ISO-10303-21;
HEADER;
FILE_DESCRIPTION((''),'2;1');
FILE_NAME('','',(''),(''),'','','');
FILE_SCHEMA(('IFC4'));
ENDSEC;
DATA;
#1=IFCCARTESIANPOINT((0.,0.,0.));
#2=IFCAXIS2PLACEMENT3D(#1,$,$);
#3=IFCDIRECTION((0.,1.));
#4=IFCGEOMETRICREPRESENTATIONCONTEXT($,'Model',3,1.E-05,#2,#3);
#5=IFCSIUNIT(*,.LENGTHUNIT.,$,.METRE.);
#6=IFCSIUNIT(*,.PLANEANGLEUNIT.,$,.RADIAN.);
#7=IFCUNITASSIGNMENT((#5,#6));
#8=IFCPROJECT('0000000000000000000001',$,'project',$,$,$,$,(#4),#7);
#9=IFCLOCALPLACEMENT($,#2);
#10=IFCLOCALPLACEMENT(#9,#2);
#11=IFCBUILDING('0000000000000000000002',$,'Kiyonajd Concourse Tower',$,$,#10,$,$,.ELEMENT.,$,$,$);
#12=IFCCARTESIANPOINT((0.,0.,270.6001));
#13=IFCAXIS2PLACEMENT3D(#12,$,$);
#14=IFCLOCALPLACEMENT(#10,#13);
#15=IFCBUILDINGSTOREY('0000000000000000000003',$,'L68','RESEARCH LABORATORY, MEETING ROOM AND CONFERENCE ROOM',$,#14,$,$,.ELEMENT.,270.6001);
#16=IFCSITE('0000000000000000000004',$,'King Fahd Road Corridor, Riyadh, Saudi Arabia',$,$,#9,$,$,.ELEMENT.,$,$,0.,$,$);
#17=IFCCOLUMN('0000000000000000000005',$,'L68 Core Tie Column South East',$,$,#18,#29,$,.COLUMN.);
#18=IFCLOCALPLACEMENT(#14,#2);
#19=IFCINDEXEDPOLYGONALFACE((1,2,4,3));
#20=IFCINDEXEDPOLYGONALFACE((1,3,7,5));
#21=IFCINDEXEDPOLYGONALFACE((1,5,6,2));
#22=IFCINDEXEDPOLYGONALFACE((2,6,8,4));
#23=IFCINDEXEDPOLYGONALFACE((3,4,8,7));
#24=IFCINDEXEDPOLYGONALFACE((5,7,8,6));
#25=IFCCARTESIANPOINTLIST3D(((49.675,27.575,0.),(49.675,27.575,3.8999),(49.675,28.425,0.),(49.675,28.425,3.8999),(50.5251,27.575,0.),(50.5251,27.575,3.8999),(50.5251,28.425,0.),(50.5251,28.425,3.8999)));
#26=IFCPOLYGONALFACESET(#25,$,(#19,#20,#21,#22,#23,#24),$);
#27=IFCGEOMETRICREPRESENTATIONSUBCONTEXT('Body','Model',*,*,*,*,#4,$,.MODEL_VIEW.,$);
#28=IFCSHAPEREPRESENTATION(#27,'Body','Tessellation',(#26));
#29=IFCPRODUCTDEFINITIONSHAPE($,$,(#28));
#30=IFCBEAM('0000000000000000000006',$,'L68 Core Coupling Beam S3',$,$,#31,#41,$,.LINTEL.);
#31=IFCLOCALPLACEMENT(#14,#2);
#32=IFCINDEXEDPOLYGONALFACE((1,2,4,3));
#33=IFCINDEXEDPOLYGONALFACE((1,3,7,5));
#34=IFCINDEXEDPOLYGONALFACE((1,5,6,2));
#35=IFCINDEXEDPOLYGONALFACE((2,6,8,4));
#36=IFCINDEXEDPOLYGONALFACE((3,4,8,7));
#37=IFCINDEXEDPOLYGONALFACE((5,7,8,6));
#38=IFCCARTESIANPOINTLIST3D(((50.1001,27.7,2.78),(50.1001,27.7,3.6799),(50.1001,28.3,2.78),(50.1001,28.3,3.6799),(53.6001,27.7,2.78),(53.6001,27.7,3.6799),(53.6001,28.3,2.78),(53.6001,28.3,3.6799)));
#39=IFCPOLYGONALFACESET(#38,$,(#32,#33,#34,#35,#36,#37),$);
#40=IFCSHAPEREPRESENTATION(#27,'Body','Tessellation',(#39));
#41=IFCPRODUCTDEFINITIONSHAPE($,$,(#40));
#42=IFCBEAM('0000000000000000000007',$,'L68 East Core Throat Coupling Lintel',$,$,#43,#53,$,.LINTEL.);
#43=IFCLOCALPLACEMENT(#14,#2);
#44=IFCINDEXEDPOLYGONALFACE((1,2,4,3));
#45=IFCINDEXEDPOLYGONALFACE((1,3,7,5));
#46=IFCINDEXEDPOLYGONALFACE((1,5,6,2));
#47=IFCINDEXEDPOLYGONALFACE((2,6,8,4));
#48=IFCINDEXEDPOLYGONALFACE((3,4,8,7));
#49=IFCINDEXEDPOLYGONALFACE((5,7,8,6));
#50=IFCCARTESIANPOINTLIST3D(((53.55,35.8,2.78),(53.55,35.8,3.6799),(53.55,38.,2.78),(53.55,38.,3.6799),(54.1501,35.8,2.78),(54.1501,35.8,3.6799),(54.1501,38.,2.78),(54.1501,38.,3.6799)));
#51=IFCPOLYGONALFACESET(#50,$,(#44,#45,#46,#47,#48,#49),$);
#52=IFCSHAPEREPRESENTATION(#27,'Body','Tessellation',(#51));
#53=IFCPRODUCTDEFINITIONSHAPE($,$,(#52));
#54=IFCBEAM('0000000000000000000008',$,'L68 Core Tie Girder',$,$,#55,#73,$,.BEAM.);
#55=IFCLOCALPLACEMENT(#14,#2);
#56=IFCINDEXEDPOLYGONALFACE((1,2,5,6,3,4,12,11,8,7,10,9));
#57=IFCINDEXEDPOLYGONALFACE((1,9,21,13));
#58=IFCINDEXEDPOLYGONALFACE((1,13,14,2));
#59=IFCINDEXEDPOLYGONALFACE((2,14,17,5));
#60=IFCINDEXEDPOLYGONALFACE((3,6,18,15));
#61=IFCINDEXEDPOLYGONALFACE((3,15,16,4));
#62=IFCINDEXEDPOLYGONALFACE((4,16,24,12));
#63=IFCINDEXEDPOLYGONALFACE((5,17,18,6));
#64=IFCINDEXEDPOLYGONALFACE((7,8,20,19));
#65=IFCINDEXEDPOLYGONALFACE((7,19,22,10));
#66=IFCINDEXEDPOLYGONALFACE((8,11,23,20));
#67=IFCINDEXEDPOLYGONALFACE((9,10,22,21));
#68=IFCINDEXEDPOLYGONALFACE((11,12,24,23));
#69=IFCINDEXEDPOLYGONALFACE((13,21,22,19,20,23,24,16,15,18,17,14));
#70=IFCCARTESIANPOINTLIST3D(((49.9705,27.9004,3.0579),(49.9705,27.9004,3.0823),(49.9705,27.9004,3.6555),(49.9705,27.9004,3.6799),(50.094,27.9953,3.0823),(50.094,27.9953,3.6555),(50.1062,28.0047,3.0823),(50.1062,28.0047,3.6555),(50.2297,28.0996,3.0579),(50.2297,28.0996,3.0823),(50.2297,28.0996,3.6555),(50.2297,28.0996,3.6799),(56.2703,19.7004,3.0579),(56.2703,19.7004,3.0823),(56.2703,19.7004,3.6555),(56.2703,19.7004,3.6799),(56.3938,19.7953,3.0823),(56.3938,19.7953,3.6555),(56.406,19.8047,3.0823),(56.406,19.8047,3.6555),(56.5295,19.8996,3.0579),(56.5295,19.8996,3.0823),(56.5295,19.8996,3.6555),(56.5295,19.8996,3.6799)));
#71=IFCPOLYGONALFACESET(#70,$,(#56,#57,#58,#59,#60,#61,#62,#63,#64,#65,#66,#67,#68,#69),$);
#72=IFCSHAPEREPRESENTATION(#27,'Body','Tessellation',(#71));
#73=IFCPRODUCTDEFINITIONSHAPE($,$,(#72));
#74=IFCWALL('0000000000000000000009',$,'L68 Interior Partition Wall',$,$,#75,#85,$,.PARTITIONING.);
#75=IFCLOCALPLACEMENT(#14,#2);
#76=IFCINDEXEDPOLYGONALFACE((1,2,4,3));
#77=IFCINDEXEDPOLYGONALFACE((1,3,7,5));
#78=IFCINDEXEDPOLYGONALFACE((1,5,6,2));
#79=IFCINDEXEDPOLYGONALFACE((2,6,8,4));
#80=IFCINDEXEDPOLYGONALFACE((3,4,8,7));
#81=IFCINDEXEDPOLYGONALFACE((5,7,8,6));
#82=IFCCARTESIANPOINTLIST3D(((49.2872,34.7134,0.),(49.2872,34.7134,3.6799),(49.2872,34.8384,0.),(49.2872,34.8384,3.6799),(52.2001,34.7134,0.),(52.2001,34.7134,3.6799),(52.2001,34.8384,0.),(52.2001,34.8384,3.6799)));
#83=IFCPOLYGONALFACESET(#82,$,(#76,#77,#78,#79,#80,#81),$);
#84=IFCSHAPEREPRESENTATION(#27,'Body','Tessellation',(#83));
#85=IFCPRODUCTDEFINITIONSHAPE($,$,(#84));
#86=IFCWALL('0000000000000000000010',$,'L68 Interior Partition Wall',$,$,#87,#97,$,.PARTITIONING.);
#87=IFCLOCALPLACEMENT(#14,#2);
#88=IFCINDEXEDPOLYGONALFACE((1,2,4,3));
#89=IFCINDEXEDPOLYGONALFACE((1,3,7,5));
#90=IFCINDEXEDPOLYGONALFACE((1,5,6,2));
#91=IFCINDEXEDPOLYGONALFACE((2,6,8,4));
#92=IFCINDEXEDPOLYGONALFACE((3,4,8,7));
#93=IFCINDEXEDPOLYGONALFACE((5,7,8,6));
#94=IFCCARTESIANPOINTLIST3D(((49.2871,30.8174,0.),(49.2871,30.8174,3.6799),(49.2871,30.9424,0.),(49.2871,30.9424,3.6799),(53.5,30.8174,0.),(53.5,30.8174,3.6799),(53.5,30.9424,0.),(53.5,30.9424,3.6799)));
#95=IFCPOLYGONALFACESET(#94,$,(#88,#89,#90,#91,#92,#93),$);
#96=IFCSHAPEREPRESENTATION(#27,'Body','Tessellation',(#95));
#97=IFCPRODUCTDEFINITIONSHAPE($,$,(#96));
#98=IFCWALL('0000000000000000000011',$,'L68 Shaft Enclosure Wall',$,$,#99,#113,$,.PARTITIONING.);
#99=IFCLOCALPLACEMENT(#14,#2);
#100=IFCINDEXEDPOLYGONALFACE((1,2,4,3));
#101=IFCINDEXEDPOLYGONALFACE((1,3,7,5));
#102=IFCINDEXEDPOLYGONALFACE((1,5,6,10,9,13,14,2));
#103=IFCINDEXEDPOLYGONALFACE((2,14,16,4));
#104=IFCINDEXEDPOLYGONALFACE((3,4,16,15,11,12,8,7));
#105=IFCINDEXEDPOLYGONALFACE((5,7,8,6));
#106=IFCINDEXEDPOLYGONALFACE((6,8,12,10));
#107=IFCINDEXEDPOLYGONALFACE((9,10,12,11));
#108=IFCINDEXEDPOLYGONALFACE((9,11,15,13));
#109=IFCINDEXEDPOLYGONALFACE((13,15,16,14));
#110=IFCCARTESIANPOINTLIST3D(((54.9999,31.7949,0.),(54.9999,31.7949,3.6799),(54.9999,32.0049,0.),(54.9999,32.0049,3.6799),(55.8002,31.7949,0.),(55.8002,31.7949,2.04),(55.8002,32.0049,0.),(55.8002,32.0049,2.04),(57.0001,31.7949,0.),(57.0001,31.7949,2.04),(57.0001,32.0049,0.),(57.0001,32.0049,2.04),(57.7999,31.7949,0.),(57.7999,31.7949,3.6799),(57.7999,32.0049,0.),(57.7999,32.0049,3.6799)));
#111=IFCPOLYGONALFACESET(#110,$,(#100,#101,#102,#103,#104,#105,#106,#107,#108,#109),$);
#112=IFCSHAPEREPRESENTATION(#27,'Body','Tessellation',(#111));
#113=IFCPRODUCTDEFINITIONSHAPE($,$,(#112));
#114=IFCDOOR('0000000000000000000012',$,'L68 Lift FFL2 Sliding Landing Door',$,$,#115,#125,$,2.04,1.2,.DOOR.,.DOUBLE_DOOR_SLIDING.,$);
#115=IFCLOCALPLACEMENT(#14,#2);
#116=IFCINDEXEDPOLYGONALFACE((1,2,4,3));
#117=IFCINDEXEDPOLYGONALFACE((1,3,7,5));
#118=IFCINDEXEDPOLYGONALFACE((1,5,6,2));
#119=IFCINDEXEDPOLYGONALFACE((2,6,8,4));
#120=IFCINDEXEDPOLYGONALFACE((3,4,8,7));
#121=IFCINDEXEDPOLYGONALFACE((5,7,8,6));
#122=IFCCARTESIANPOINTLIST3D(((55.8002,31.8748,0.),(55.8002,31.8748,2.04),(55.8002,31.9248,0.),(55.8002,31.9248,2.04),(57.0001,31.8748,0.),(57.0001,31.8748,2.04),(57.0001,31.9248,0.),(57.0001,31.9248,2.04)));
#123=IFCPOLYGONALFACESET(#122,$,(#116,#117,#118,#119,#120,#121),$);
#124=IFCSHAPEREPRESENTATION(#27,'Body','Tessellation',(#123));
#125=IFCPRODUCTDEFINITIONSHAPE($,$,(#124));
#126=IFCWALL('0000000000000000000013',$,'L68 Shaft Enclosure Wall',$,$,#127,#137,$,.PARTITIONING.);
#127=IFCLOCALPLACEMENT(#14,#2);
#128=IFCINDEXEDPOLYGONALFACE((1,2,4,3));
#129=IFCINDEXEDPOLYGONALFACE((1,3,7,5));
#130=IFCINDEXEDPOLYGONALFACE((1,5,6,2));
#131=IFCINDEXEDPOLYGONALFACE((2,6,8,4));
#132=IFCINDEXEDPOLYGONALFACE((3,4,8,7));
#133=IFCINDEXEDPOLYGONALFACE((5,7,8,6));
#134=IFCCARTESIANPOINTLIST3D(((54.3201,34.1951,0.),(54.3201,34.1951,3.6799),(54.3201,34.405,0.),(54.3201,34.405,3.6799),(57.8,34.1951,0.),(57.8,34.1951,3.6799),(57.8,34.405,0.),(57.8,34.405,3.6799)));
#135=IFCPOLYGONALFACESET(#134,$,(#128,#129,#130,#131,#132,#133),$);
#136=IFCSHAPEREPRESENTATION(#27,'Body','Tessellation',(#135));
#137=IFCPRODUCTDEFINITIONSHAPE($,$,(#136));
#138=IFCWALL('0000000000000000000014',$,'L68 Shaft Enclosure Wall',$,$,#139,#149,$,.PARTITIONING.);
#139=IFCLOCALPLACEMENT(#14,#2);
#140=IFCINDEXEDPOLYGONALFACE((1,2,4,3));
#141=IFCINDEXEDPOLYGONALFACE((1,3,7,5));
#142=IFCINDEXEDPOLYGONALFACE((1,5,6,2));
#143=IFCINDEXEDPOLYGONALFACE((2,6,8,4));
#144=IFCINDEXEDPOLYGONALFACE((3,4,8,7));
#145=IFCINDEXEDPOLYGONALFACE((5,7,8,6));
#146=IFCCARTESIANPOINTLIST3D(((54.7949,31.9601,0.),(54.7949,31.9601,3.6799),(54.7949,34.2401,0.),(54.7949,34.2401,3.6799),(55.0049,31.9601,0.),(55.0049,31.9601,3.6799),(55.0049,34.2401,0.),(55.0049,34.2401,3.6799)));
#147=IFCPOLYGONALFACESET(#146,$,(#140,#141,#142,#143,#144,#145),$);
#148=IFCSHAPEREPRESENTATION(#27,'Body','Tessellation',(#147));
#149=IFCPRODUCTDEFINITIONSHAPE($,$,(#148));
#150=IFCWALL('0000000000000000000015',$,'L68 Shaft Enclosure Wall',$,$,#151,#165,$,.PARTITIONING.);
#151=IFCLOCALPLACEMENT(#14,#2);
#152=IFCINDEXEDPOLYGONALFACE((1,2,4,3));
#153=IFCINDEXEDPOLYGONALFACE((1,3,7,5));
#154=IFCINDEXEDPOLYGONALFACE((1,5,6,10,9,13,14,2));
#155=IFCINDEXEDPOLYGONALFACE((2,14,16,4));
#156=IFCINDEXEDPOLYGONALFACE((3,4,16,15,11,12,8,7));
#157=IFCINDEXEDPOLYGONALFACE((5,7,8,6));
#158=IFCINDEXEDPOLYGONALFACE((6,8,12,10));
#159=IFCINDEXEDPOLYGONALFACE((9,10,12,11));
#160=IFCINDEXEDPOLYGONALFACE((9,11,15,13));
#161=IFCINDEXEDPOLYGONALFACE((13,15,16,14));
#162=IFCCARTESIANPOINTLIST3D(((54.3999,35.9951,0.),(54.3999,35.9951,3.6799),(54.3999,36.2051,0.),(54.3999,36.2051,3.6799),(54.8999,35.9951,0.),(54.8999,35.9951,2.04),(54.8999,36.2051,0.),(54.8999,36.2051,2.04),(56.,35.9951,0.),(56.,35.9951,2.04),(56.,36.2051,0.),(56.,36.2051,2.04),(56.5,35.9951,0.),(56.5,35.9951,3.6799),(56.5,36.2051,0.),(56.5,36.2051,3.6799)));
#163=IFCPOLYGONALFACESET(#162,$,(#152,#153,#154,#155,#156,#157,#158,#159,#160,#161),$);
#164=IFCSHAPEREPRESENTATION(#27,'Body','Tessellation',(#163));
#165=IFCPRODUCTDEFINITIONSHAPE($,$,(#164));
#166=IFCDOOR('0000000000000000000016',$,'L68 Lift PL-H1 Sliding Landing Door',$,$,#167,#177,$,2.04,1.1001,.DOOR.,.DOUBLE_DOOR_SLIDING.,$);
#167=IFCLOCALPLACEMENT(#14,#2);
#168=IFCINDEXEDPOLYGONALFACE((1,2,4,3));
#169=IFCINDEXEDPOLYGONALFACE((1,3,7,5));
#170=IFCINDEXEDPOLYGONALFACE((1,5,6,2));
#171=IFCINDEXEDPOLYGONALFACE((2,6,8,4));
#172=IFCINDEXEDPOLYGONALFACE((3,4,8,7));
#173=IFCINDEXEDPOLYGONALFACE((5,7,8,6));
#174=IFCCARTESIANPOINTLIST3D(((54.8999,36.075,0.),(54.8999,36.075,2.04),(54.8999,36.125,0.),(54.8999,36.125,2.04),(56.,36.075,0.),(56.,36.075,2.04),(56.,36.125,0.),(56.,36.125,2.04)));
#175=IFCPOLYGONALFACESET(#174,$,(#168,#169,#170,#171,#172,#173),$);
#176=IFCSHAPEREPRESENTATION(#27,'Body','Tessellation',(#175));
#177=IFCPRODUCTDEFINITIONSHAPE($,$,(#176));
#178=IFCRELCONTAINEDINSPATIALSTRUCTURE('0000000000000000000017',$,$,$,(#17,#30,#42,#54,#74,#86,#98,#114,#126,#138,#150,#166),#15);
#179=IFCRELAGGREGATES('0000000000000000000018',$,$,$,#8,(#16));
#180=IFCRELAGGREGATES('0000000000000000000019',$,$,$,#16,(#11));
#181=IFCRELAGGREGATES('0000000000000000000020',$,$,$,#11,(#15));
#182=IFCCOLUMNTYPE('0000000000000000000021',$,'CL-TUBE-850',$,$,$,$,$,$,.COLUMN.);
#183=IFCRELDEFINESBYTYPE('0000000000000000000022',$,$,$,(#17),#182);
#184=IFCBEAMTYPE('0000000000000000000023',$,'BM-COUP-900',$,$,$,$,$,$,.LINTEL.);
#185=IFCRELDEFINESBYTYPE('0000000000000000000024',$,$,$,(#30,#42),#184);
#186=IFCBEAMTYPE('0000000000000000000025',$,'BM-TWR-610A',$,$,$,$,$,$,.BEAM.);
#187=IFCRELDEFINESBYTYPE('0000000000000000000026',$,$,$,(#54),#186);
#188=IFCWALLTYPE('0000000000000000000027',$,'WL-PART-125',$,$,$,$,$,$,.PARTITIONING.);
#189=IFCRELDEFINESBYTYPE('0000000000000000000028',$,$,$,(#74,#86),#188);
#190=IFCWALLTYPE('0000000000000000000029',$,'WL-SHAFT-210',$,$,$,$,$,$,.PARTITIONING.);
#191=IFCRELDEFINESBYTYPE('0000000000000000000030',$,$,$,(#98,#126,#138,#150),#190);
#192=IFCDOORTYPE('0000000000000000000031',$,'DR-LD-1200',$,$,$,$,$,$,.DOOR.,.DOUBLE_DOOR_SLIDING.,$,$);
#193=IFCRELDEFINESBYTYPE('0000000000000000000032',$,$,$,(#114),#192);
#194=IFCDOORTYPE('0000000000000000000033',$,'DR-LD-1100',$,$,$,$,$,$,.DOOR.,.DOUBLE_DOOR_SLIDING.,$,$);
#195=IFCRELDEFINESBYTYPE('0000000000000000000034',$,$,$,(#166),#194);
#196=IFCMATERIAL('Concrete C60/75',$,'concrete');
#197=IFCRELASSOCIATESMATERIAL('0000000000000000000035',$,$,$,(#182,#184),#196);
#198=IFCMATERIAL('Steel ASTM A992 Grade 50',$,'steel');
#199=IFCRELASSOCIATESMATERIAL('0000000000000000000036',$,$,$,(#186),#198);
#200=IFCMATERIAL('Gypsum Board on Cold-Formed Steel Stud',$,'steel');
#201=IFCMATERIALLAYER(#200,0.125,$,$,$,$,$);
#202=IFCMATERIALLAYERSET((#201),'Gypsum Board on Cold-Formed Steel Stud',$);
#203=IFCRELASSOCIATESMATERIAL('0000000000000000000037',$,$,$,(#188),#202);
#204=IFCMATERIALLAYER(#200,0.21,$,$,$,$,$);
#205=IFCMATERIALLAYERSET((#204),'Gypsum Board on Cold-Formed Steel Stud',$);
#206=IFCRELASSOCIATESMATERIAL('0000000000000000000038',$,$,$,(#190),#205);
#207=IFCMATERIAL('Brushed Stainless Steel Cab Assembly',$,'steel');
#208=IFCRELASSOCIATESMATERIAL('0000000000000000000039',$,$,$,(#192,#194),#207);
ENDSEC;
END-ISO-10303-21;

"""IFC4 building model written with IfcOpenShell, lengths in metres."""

from ifc_helpers import new_model, si_unit, direction, frame, frame_2d, origin, origin_2d, place, context, subcontext, project, spatial, rectangle, i_section, extrude, material, layer, layer_set, material_profile, profile_set, type_object, element, fill, save


model = new_model("IFC4")

# Units and contexts
model_context = context("Model", 3, precision=1e-05, world=origin(), true_north=direction((0.0, 1.0)))
body_context = subcontext(model_context, "Body", "Model", "MODEL_VIEW")
ifc_project = project(units=[si_unit("LENGTHUNIT", "METRE"), si_unit("PLANEANGLEUNIT", "RADIAN")], contexts=[model_context])

# Site, building, storey
site_placement = place(None, origin())
site = spatial("IfcSite", under=ifc_project, at=site_placement, Name="King Fahd Road Corridor, Riyadh, Saudi Arabia", CompositionType="ELEMENT", RefElevation=0.0)
building_placement = place(site_placement, origin())
building = spatial("IfcBuilding", under=site, at=building_placement, Name="Kiyonajd Concourse Tower", CompositionType="ELEMENT")
storey_placement = place(building_placement, frame((0.0, 0.0, 270.6001)))
storey = spatial("IfcBuildingStorey", under=building, at=storey_placement, Name="L68", Description="RESEARCH LABORATORY, MEETING ROOM AND CONFERENCE ROOM", CompositionType="ELEMENT", Elevation=270.6001)

# Column
ifc_material_1 = material(Name="Concrete C60/75", Category="concrete")
ifc_material_profile_1 = material_profile(ifc_material_1, rectangle(XDim=0.8501, YDim=0.8501, at=origin_2d()), Name="RC-850x850")
ifc_profile_set_1 = profile_set([ifc_material_profile_1], Name="Concrete C60/75")
column_type = type_object("IfcColumnType", Name="CL-TUBE-850", PredefinedType="COLUMN", material=ifc_profile_set_1)
column_placement = place(storey_placement, frame((50.1001, 28.0, 0.0), z_axis=(0.0, 0.0, 1.0), x_axis=(1.0, 0.0, 0.0)))
element("IfcColumn", 1, at=column_placement, inside=storey, type_object=column_type, Name="L68 Core Tie Column South East", PredefinedType="COLUMN", context=body_context, shape_type="SweptSolid", body=[
    extrude(rectangle(XDim=0.8501, YDim=0.8501, at=origin_2d()), origin(), (0.0, 0.0, 1.0), 3.8999),
])

# Beams
ifc_material_profile_2 = material_profile(ifc_material_1, rectangle(XDim=0.6001, YDim=0.8999, at=origin_2d()), Name="RCBM-600x900")
ifc_profile_set_2 = profile_set([ifc_material_profile_2], Name="Concrete C60/75")
beam_type_1 = type_object("IfcBeamType", Name="BM-COUP-900", PredefinedType="LINTEL", material=ifc_profile_set_2)
beam_1_placement = place(storey_placement, frame((50.1001, 28.0, 3.23), z_axis=(1.0, 0.0, 0.0), x_axis=(0.0, 1.0, 0.0)))
element("IfcBeam", 2, at=beam_1_placement, inside=storey, type_object=beam_type_1, Name="L68 Core Coupling Beam S3", PredefinedType="LINTEL", context=body_context, shape_type="SweptSolid", body=[
    extrude(rectangle(XDim=0.6001, YDim=0.8999, at=origin_2d()), origin(), (0.0, 0.0, 1.0), 3.5),
])
beam_2_placement = place(storey_placement, frame((53.8501, 35.8, 3.23), z_axis=(0.0, 1.0, 0.0), x_axis=(-1.0, 0.0, 0.0)))
element("IfcBeam", 3, at=beam_2_placement, inside=storey, type_object=beam_type_1, Name="L68 East Core Throat Coupling Lintel", PredefinedType="LINTEL", context=body_context, shape_type="SweptSolid", body=[
    extrude(rectangle(XDim=0.6001, YDim=0.8999, at=origin_2d()), origin(), (0.0, 0.0, 1.0), 2.2),
])
ifc_material_2 = material(Name="Steel ASTM A992 Grade 50", Category="steel")
ifc_material_profile_3 = material_profile(ifc_material_2, i_section(OverallWidth=0.3269, OverallDepth=0.6221, WebThickness=0.0154, FlangeThickness=0.0244, at=origin_2d()), Name="W610X195")
ifc_profile_set_3 = profile_set([ifc_material_profile_3], Name="Steel ASTM A992 Grade 50")
beam_type_2 = type_object("IfcBeamType", Name="BM-TWR-610A", PredefinedType="BEAM", material=ifc_profile_set_3)
beam_3_placement = place(storey_placement, frame((50.1001, 28.0, 3.3689), z_axis=(0.609234, -0.792991, 0.0), x_axis=(0.792991, 0.609234, 0.0)))
element("IfcBeam", 4, at=beam_3_placement, inside=storey, type_object=beam_type_2, Name="L68 Core Tie Girder", PredefinedType="BEAM", context=body_context, shape_type="SweptSolid", body=[
    extrude(i_section(OverallWidth=0.3269, OverallDepth=0.6221, WebThickness=0.0154, FlangeThickness=0.0244, at=origin_2d()), origin(), (0.0, 0.0, 1.0), 10.3406),
])

# Walls
ifc_material_3 = material(Name="Gypsum Board on Cold-Formed Steel Stud", Category="steel")
ifc_layer_1 = layer(ifc_material_3, 0.125)
ifc_layer_set_1 = layer_set([ifc_layer_1], Name="Gypsum Board on Cold-Formed Steel Stud")
wall_type_1 = type_object("IfcWallType", Name="WL-PART-125", PredefinedType="PARTITIONING", material=ifc_layer_set_1)
wall_1_placement = place(storey_placement, frame((49.2871, 34.7759, 0.0), z_axis=(0.0, 0.0, 1.0), x_axis=(1.0, 0.0, 0.0)))
element("IfcWall", 5, at=wall_1_placement, inside=storey, type_object=wall_type_1, Name="L68 Interior Partition Wall", PredefinedType="PARTITIONING", context=body_context, shape_type="SweptSolid", body=[
    extrude(rectangle(XDim=2.9128, YDim=0.125, at=frame_2d((1.4565, 0.0))), origin(), (0.0, 0.0, 1.0), 3.6799),
])
wall_2_placement = place(storey_placement, frame((49.2871, 30.8799, 0.0), z_axis=(0.0, 0.0, 1.0), x_axis=(1.0, 0.0, 0.0)))
element("IfcWall", 6, at=wall_2_placement, inside=storey, type_object=wall_type_1, Name="L68 Interior Partition Wall", PredefinedType="PARTITIONING", context=body_context, shape_type="SweptSolid", body=[
    extrude(rectangle(XDim=4.2129, YDim=0.125, at=frame_2d((2.1064, 0.0))), origin(), (0.0, 0.0, 1.0), 3.6799),
])

# Wall, opening, door
ifc_layer_2 = layer(ifc_material_3, 0.21)
ifc_layer_set_2 = layer_set([ifc_layer_2], Name="Gypsum Board on Cold-Formed Steel Stud")
wall_type_2 = type_object("IfcWallType", Name="WL-SHAFT-210", PredefinedType="PARTITIONING", material=ifc_layer_set_2)
wall_3_placement = place(storey_placement, frame((55.0, 31.8999, 0.0), z_axis=(0.0, 0.0, 1.0), x_axis=(1.0, 0.0, 0.0)))
wall_3 = element("IfcWall", 7, at=wall_3_placement, inside=storey, type_object=wall_type_2, Name="L68 Shaft Enclosure Wall", PredefinedType="PARTITIONING", context=body_context, shape_type="SweptSolid", body=[
    extrude(rectangle(XDim=2.8, YDim=0.21, at=frame_2d((1.3999, 0.0))), origin(), (0.0, 0.0, 1.0), 3.6799),
])
opening_1_placement = place(wall_3_placement, frame((0.8, 0.0, 0.0)))
opening_1 = element("IfcOpeningElement", 8, at=opening_1_placement, cuts=wall_3, PredefinedType="OPENING", context=body_context, shape_type="SweptSolid", body=[
    extrude(rectangle(XDim=1.2, YDim=2.04, at=frame_2d((0.6001, 1.02))), frame((0.0, 0.115, 0.0), z_axis=(0.0, -1.0, 0.0), x_axis=(1.0, 0.0, 0.0)), (0.0, 0.0, 1.0), 0.23),
])
ifc_material_4 = material(Name="Brushed Stainless Steel Cab Assembly", Category="steel")
door_type_1 = type_object("IfcDoorType", Name="DR-LD-1200", OperationType="DOUBLE_DOOR_SLIDING", PredefinedType="DOOR", material=ifc_material_4)
door_1_placement = place(opening_1_placement, origin())
door_1 = element("IfcDoor", 9, at=door_1_placement, inside=storey, type_object=door_type_1, Name="L68 Lift FFL2 Sliding Landing Door", OperationType="DOUBLE_DOOR_SLIDING", OverallHeight=2.04, OverallWidth=1.2, PredefinedType="DOOR", context=body_context, shape_type="SweptSolid", body=[
    extrude(rectangle(XDim=1.2, YDim=2.04, at=frame_2d((0.6001, 1.02))), frame((0.0, 0.0249, 0.0), z_axis=(0.0, -1.0, 0.0), x_axis=(1.0, 0.0, 0.0)), (0.0, 0.0, 1.0), 0.05),
])
fill(opening_1, door_1)

# Walls
wall_4_placement = place(storey_placement, frame((54.3201, 34.3, 0.0), z_axis=(0.0, 0.0, 1.0), x_axis=(1.0, 0.0, 0.0)))
element("IfcWall", 10, at=wall_4_placement, inside=storey, type_object=wall_type_2, Name="L68 Shaft Enclosure Wall", PredefinedType="PARTITIONING", context=body_context, shape_type="SweptSolid", body=[
    extrude(rectangle(XDim=3.48, YDim=0.21, at=frame_2d((1.74, 0.0))), origin(), (0.0, 0.0, 1.0), 3.6799),
])
wall_5_placement = place(storey_placement, frame((54.8999, 31.96, 0.0), z_axis=(0.0, 0.0, 1.0), x_axis=(0.0, 1.0, 0.0)))
element("IfcWall", 11, at=wall_5_placement, inside=storey, type_object=wall_type_2, Name="L68 Shaft Enclosure Wall", PredefinedType="PARTITIONING", context=body_context, shape_type="SweptSolid", body=[
    extrude(rectangle(XDim=2.28, YDim=0.21, at=frame_2d((1.1401, 0.0))), origin(), (0.0, 0.0, 1.0), 3.6799),
])

# Wall, opening, door
wall_6_placement = place(storey_placement, frame((54.3999, 36.1001, 0.0), z_axis=(0.0, 0.0, 1.0), x_axis=(1.0, 0.0, 0.0)))
wall_6 = element("IfcWall", 12, at=wall_6_placement, inside=storey, type_object=wall_type_2, Name="L68 Shaft Enclosure Wall", PredefinedType="PARTITIONING", context=body_context, shape_type="SweptSolid", body=[
    extrude(rectangle(XDim=2.1001, YDim=0.21, at=frame_2d((1.05, 0.0))), origin(), (0.0, 0.0, 1.0), 3.6799),
])
opening_2_placement = place(wall_6_placement, frame((0.5, 0.0, 0.0)))
opening_2 = element("IfcOpeningElement", 13, at=opening_2_placement, cuts=wall_6, PredefinedType="OPENING", context=body_context, shape_type="SweptSolid", body=[
    extrude(rectangle(XDim=1.1001, YDim=2.04, at=frame_2d((0.55, 1.02))), frame((0.0, 0.115, 0.0), z_axis=(0.0, -1.0, 0.0), x_axis=(1.0, 0.0, 0.0)), (0.0, 0.0, 1.0), 0.23),
])
door_type_2 = type_object("IfcDoorType", Name="DR-LD-1100", OperationType="DOUBLE_DOOR_SLIDING", PredefinedType="DOOR", material=ifc_material_4)
door_2_placement = place(opening_2_placement, origin())
door_2 = element("IfcDoor", 14, at=door_2_placement, inside=storey, type_object=door_type_2, Name="L68 Lift PL-H1 Sliding Landing Door", OperationType="DOUBLE_DOOR_SLIDING", OverallHeight=2.04, OverallWidth=1.1001, PredefinedType="DOOR", context=body_context, shape_type="SweptSolid", body=[
    extrude(rectangle(XDim=1.1001, YDim=2.04, at=frame_2d((0.55, 1.02))), frame((0.0, 0.0249, 0.0), z_axis=(0.0, -1.0, 0.0), x_axis=(1.0, 0.0, 0.0)), (0.0, 0.0, 1.0), 0.05),
])
fill(opening_2, door_2)

save(model, "model.ifc")
